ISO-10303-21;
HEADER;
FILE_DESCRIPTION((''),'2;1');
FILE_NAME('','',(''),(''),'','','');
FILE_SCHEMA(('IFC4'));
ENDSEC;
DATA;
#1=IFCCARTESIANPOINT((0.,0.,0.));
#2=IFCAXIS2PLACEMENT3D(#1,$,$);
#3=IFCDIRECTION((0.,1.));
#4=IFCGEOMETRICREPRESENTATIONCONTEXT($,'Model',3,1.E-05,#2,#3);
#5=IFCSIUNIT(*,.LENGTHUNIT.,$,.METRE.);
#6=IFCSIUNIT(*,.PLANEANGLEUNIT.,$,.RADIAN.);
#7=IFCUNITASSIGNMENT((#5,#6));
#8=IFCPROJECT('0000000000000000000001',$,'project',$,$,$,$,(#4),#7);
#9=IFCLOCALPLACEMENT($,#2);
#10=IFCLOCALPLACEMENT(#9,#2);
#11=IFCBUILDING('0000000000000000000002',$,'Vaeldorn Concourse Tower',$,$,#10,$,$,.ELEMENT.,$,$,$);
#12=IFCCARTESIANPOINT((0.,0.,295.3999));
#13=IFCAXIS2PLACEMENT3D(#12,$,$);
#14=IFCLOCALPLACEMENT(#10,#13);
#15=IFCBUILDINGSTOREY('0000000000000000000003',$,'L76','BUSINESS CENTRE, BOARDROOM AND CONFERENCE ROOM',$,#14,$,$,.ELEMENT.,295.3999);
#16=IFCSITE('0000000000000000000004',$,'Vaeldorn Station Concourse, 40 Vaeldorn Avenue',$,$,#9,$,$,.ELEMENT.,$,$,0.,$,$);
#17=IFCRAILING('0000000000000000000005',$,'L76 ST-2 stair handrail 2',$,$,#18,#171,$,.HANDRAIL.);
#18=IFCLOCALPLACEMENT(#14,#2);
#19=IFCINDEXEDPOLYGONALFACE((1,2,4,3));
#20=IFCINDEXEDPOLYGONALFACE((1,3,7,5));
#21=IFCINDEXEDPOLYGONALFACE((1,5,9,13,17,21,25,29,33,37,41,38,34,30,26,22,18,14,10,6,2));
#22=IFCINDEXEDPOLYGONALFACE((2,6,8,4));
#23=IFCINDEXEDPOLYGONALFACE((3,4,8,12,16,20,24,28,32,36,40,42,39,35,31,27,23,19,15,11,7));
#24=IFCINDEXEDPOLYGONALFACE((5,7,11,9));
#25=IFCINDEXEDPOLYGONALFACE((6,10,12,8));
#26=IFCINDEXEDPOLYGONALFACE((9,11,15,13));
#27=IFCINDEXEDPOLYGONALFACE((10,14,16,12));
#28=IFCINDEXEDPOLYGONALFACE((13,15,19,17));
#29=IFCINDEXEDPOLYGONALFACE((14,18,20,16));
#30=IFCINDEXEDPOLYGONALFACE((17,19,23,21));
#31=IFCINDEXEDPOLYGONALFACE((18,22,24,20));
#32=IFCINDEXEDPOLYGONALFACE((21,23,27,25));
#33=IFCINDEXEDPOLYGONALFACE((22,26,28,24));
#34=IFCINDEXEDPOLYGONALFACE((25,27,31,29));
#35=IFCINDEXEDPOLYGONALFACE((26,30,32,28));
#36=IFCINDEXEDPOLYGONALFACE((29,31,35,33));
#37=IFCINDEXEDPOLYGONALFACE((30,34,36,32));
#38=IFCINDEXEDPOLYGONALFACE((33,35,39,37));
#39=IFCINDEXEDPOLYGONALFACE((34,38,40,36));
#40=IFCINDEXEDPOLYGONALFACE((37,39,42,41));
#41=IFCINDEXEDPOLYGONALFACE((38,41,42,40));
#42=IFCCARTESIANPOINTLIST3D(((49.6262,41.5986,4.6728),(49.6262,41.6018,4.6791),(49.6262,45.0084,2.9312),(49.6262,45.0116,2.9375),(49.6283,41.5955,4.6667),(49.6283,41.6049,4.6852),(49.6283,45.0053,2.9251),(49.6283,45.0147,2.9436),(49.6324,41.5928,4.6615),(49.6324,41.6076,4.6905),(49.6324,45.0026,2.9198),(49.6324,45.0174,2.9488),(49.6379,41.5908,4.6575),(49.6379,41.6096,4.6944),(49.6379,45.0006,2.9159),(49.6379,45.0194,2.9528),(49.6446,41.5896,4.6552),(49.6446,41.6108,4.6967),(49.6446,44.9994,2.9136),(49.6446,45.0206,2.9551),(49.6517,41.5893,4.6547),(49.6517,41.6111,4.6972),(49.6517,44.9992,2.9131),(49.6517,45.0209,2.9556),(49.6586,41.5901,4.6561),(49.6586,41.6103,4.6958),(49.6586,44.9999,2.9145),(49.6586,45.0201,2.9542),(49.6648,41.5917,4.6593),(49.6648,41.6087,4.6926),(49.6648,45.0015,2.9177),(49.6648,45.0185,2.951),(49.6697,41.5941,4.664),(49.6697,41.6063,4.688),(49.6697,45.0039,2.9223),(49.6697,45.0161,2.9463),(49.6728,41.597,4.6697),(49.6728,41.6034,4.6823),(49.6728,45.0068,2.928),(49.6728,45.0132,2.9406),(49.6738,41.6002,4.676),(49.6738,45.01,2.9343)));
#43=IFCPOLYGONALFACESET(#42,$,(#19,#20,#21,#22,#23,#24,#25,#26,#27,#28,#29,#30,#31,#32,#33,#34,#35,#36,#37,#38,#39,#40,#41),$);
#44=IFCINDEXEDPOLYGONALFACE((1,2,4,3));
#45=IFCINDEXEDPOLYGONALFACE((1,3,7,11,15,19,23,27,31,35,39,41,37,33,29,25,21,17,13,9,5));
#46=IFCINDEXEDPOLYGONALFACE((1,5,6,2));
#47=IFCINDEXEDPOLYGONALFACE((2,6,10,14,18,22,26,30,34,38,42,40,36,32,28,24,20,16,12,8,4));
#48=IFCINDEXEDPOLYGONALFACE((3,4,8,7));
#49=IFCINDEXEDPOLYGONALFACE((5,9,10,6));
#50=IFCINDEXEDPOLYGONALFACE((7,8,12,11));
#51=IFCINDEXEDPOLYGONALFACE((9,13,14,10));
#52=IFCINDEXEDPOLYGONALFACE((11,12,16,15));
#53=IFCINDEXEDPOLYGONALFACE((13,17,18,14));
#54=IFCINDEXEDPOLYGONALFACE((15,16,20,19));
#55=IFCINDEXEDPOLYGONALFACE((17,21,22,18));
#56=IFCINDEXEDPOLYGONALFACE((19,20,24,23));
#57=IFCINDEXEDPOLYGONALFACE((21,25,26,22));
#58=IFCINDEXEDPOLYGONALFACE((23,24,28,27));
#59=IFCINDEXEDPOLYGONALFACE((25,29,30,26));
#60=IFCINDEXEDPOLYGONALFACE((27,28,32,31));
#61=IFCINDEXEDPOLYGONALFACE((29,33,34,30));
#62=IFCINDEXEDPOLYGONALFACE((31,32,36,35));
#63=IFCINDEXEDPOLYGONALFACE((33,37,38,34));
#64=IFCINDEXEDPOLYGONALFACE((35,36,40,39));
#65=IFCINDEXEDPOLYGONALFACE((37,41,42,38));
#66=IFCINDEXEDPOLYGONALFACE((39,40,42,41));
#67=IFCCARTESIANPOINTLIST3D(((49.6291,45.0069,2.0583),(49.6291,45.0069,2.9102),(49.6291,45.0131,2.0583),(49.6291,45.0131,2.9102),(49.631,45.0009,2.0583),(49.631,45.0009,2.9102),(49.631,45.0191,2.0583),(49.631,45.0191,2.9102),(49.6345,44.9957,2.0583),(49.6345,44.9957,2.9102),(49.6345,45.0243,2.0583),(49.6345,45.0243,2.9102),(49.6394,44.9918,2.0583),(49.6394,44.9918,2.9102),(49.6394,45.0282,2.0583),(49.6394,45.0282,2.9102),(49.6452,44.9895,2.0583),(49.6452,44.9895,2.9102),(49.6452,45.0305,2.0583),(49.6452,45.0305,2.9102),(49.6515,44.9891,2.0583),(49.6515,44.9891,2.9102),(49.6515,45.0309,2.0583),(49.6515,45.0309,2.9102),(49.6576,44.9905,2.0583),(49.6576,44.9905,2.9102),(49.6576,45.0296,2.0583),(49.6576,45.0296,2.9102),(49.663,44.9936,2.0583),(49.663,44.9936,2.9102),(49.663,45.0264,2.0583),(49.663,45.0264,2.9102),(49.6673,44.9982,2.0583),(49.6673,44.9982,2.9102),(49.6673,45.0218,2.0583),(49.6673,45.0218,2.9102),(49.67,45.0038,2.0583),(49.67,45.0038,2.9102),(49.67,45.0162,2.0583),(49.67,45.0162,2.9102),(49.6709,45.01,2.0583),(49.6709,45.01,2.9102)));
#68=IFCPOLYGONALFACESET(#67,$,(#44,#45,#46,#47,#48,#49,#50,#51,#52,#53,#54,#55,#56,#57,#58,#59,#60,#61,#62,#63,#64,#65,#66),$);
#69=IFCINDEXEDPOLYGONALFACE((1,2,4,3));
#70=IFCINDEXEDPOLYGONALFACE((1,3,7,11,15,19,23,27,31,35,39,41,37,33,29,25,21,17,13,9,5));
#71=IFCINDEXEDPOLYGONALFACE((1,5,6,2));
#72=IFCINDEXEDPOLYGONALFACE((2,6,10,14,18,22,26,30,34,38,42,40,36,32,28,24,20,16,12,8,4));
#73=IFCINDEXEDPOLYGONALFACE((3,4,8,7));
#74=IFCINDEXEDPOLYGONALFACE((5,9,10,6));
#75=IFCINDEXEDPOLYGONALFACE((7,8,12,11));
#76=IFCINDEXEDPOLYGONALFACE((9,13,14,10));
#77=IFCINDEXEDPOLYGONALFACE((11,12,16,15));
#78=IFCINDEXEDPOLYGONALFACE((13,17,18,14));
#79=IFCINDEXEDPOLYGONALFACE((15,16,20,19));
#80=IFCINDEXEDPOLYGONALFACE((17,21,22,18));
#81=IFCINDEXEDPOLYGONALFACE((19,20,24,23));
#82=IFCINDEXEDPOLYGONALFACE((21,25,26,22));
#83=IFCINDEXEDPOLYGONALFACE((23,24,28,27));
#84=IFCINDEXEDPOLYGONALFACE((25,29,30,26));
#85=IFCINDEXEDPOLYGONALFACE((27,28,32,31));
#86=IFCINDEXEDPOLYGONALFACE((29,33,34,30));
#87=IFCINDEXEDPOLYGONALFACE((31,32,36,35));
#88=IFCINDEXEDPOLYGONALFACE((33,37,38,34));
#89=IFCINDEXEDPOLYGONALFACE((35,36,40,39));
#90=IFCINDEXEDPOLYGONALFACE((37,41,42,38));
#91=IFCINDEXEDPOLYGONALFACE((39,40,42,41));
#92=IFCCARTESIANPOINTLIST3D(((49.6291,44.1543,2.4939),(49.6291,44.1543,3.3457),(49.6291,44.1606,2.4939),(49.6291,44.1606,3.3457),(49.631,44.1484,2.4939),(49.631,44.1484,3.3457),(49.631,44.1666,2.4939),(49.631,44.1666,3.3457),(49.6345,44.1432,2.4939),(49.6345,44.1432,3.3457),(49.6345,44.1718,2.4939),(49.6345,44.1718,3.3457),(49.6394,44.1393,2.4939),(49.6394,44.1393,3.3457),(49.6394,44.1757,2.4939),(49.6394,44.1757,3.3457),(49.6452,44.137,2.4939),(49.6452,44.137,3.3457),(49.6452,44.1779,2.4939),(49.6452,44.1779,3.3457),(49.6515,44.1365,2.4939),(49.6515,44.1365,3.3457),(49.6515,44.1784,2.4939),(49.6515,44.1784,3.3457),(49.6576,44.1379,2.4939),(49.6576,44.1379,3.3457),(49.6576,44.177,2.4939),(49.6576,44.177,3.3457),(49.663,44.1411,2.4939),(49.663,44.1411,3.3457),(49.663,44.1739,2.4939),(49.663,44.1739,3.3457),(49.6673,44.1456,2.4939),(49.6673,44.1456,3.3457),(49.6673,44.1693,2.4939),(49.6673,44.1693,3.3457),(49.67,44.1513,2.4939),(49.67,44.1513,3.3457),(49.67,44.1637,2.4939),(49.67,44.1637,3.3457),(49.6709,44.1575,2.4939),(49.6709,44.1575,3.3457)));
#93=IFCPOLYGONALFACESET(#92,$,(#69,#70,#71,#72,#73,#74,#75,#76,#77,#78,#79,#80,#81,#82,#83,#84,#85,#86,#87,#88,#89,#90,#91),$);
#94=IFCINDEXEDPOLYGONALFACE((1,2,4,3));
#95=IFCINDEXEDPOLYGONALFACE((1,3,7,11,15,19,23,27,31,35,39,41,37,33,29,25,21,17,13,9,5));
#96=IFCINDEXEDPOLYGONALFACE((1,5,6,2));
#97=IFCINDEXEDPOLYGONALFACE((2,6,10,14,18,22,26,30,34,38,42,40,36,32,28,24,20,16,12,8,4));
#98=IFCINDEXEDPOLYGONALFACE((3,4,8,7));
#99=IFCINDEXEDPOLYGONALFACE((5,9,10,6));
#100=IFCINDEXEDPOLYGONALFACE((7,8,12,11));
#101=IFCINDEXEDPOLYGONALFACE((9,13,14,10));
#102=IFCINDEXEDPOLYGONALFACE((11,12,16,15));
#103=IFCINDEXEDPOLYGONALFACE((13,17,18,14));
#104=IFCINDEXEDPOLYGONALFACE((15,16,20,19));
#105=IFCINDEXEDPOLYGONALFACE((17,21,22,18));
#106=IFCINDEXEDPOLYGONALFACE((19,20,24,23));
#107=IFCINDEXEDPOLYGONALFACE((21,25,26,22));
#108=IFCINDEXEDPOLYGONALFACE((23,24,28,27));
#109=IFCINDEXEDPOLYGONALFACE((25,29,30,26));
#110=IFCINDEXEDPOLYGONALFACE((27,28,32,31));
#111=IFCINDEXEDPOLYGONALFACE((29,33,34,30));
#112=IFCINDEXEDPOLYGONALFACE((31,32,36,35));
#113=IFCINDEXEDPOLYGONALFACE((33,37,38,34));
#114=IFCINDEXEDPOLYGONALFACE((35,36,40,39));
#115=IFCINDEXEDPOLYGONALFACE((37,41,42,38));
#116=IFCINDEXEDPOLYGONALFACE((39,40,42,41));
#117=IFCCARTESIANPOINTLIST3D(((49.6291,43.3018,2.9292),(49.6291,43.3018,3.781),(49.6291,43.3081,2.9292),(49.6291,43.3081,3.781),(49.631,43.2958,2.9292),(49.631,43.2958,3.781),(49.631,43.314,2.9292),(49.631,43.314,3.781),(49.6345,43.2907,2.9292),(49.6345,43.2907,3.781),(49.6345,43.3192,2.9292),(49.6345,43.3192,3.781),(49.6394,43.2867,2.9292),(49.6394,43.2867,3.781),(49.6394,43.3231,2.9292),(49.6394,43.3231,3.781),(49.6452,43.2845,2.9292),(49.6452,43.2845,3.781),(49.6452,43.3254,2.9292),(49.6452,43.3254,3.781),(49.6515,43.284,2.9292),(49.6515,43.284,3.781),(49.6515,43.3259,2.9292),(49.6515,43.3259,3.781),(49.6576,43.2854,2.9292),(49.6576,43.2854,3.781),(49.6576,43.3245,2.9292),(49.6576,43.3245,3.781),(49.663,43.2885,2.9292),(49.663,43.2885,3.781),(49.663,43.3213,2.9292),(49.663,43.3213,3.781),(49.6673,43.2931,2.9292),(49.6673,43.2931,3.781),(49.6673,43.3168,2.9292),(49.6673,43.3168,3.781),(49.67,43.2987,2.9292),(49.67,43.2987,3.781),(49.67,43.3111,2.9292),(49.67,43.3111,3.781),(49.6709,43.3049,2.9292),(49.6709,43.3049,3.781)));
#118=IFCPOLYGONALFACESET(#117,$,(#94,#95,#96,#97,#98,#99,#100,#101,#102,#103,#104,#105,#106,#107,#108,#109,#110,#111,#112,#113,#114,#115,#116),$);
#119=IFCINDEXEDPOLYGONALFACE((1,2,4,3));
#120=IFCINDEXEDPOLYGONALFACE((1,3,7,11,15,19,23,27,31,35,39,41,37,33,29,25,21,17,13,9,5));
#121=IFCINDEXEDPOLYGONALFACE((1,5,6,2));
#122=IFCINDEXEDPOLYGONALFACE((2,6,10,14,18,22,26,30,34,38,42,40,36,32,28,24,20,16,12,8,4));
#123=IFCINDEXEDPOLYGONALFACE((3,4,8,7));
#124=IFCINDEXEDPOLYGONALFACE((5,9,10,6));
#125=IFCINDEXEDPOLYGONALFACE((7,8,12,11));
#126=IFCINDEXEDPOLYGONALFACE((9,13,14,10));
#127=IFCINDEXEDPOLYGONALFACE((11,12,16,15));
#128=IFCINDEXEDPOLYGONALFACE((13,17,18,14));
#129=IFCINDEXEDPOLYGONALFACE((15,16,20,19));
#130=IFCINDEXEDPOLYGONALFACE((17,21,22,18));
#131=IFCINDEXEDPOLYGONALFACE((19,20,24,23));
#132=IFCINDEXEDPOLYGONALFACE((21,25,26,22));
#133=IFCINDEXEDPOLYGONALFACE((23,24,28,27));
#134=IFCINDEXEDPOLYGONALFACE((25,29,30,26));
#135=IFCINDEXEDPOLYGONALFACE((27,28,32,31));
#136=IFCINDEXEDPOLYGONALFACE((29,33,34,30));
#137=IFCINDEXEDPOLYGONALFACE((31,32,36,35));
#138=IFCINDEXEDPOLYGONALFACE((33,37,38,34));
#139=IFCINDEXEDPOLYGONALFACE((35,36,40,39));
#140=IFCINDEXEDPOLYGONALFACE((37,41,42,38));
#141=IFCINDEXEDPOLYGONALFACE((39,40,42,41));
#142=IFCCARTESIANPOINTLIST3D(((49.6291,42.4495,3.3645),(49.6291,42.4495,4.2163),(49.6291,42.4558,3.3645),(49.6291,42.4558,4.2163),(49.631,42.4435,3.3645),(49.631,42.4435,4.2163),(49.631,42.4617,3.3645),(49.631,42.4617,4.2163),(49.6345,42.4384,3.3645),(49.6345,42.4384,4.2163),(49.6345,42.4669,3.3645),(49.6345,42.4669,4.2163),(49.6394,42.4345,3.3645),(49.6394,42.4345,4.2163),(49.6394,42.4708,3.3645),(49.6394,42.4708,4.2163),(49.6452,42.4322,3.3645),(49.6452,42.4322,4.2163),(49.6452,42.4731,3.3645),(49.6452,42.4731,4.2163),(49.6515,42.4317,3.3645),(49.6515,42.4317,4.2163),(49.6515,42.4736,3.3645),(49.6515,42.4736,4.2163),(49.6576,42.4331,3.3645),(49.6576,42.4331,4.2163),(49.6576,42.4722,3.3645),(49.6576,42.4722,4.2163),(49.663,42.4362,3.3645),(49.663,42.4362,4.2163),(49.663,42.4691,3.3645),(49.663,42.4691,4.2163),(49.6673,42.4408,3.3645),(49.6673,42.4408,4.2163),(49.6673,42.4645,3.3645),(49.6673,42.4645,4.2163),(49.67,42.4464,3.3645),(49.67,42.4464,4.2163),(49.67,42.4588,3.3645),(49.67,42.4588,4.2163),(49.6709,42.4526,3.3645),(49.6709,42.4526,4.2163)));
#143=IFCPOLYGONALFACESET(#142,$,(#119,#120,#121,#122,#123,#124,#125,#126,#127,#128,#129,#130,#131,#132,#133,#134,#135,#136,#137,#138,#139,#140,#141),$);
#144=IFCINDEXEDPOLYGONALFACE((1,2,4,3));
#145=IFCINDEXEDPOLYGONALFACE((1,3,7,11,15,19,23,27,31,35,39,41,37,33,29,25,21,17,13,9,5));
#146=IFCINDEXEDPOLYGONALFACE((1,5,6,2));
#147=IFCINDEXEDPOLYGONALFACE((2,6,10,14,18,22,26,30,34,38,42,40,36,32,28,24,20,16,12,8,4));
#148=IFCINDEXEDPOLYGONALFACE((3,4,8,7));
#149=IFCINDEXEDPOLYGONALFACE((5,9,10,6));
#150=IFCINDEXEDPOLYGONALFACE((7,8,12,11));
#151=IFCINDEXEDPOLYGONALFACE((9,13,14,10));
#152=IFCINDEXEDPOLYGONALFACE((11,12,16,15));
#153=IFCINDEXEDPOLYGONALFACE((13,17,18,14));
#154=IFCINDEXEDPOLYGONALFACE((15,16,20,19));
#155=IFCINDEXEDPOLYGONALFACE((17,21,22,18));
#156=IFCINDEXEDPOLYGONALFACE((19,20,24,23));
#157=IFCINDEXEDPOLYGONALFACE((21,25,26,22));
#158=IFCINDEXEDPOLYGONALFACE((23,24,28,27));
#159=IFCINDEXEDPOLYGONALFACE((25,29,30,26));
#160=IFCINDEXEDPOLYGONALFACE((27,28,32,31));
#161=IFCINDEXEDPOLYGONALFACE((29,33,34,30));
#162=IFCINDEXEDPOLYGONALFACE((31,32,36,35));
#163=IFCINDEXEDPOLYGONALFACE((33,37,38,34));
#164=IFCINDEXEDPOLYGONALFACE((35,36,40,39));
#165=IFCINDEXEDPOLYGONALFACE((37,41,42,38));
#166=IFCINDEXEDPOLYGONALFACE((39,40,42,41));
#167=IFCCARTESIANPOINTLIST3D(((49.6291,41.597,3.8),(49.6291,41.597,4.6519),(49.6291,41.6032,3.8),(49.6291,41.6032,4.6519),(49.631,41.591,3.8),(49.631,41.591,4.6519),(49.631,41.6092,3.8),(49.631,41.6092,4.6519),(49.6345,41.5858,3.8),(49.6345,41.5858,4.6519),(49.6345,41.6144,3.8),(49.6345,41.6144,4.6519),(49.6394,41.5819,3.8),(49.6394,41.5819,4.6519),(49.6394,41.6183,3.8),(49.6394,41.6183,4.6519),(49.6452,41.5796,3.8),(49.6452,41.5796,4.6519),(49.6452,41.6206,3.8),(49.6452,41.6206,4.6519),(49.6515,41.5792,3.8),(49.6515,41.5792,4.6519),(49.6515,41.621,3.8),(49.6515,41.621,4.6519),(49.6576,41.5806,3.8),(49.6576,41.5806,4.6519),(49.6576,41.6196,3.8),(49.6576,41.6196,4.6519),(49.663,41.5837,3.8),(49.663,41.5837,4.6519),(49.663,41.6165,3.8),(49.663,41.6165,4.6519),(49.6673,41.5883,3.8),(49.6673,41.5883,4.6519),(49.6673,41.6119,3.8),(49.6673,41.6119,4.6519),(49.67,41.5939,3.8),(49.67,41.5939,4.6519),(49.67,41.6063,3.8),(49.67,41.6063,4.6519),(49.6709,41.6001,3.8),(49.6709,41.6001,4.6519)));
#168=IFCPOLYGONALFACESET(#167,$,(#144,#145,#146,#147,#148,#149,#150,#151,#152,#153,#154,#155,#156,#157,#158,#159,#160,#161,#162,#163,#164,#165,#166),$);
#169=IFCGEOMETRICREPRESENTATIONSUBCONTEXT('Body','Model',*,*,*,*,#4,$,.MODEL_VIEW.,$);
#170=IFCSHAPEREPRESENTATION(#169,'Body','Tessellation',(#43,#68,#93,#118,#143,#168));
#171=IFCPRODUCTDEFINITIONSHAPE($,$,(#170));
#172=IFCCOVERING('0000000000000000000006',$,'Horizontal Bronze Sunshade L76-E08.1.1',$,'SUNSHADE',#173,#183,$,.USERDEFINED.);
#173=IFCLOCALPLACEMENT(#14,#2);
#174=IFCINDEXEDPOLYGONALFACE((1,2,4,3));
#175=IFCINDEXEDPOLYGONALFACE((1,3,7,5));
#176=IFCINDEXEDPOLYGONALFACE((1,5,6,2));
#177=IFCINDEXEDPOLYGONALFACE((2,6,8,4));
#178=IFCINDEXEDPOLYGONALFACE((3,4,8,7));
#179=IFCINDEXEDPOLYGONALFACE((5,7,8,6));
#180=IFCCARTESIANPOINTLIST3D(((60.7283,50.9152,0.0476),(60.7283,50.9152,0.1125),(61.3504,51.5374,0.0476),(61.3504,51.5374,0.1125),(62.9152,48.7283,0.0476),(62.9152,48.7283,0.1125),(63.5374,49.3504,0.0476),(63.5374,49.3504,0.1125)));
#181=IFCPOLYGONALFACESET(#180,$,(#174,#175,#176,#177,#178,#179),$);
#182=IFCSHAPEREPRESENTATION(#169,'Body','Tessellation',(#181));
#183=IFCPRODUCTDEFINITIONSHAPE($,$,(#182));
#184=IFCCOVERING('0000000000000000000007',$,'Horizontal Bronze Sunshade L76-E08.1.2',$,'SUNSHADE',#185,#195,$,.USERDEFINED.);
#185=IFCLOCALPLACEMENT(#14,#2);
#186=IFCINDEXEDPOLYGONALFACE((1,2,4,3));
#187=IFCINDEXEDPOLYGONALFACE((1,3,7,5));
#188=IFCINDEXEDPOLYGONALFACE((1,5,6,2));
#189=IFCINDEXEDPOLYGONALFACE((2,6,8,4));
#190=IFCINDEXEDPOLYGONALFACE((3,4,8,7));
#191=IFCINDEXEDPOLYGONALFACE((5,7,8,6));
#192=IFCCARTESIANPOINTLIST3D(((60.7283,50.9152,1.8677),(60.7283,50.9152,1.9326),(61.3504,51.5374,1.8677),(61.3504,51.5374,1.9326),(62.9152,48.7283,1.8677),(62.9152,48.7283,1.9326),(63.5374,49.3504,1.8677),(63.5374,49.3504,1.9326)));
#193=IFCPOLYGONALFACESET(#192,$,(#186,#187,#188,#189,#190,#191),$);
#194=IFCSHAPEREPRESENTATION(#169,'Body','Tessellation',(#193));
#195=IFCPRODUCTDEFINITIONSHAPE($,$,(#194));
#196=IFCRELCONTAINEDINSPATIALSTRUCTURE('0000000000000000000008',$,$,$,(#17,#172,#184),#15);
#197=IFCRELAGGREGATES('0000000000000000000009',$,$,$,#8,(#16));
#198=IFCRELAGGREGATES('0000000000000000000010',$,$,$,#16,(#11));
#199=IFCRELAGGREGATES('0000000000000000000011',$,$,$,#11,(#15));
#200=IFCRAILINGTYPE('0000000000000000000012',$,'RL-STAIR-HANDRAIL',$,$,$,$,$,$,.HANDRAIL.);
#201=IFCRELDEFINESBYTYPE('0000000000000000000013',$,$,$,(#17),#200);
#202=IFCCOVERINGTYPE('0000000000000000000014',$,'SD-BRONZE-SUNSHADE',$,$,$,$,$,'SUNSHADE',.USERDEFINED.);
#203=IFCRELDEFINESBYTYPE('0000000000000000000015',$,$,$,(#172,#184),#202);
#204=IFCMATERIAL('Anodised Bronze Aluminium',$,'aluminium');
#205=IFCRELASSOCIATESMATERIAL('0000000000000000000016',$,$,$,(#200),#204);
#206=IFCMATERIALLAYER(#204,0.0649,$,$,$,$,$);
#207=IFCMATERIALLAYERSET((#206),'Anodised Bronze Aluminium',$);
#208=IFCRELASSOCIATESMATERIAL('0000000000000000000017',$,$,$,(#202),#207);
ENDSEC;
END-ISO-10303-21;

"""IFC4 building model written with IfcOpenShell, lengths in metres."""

from ifc_helpers import new_model, si_unit, direction, frame, origin, origin_2d, place, context, subcontext, project, spatial, rectangle, circle, extrude, source, transform, mapped, material, layer, layer_set, type_object, element, save


model = new_model("IFC4")

# Units and contexts
model_context = context("Model", 3, precision=1e-05, world=origin(), true_north=direction((0.0, 1.0)))
body_context = subcontext(model_context, "Body", "Model", "MODEL_VIEW")
ifc_project = project(units=[si_unit("LENGTHUNIT", "METRE"), si_unit("PLANEANGLEUNIT", "RADIAN")], contexts=[model_context])

# Site, building, storey
site_placement = place(None, origin())
site = spatial("IfcSite", under=ifc_project, at=site_placement, Name="Vaeldorn Station Concourse, 40 Vaeldorn Avenue", CompositionType="ELEMENT", RefElevation=0.0)
building_placement = place(site_placement, origin())
building = spatial("IfcBuilding", under=site, at=building_placement, Name="Vaeldorn Concourse Tower", CompositionType="ELEMENT")
storey_placement = place(building_placement, frame((0.0, 0.0, 295.3999)))
storey = spatial("IfcBuildingStorey", under=building, at=storey_placement, Name="L76", Description="BUSINESS CENTRE, BOARDROOM AND CONFERENCE ROOM", CompositionType="ELEMENT", Elevation=295.3999)

# Shared definitions
ifc_material_1 = material(Name="Anodised Bronze Aluminium", Category="aluminium")

# Railing
railing_type_1 = type_object("IfcRailingType", Name="RL-STAIR-HANDRAIL", PredefinedType="HANDRAIL", material=ifc_material_1)
railing_1_placement = place(storey_placement, frame((49.6499, 45.01, 2.0583)))
element("IfcRailing", 1, at=railing_1_placement, inside=storey, type_object=railing_type_1, Name="L76 ST-2 stair handrail 2", PredefinedType="HANDRAIL", context=body_context, shape_type="SweptSolid", body=[
    extrude(circle(Radius=0.0239, at=origin_2d()), frame((0.0, 0.0, 0.876), z_axis=(0.0, -0.890556, 0.454874), x_axis=(1.0, 0.0, 0.0)), (0.0, 0.0, 1.0), 3.8289),
    extrude(circle(Radius=0.021, at=origin_2d()), origin(), (0.0, 0.0, 1.0), 0.8518),
    extrude(circle(Radius=0.021, at=origin_2d()), frame((0.0, -0.8525, 0.4355)), (0.0, 0.0, 1.0), 0.8518),
    extrude(circle(Radius=0.021, at=origin_2d()), frame((0.0, -1.7051, 0.8708)), (0.0, 0.0, 1.0), 0.8518),
    extrude(circle(Radius=0.021, at=origin_2d()), frame((0.0, -2.5574, 1.3062)), (0.0, 0.0, 1.0), 0.8518),
    extrude(circle(Radius=0.021, at=origin_2d()), frame((0.0, -3.4099, 1.7417)), (0.0, 0.0, 1.0), 0.8518),
])

# Coverings
ifc_layer_1 = layer(ifc_material_1, 0.0649)
ifc_layer_set_1 = layer_set([ifc_layer_1], Name="Anodised Bronze Aluminium")
covering_type = type_object("IfcCoveringType", Name="SD-BRONZE-SUNSHADE", ElementType="SUNSHADE", PredefinedType="USERDEFINED", material=ifc_layer_set_1)
shared_shape_1 = source(origin(), body_context, "Body", "SweptSolid", [
    extrude(rectangle(XDim=3.0928, YDim=0.8799, at=origin_2d()), origin(), (0.0, 0.0, 1.0), 0.0649),
])
for number, where, z_axis, x_axis, name in (
    (2, (62.1328, 50.1328, 0.0476), (0.0, 0.0, 1.0), (-0.707107, 0.707107, 0.0), "Horizontal Bronze Sunshade L76-E08.1.1"),
    (3, (62.1328, 50.1328, 1.8677), (0.0, 0.0, 1.0), (-0.707107, 0.707107, 0.0), "Horizontal Bronze Sunshade L76-E08.1.2"),
):
    element("IfcCovering", number, at=place(storey_placement, frame(where, z_axis=z_axis, x_axis=x_axis)), inside=storey, type_object=covering_type, Name=name, ObjectType="SUNSHADE", PredefinedType="USERDEFINED", context=body_context, shape_type="MappedRepresentation", body=[
        mapped(shared_shape_1, transform((0.0, 0.0, 0.0), scale=1.0)),
    ])

save(model, "model.ifc")
